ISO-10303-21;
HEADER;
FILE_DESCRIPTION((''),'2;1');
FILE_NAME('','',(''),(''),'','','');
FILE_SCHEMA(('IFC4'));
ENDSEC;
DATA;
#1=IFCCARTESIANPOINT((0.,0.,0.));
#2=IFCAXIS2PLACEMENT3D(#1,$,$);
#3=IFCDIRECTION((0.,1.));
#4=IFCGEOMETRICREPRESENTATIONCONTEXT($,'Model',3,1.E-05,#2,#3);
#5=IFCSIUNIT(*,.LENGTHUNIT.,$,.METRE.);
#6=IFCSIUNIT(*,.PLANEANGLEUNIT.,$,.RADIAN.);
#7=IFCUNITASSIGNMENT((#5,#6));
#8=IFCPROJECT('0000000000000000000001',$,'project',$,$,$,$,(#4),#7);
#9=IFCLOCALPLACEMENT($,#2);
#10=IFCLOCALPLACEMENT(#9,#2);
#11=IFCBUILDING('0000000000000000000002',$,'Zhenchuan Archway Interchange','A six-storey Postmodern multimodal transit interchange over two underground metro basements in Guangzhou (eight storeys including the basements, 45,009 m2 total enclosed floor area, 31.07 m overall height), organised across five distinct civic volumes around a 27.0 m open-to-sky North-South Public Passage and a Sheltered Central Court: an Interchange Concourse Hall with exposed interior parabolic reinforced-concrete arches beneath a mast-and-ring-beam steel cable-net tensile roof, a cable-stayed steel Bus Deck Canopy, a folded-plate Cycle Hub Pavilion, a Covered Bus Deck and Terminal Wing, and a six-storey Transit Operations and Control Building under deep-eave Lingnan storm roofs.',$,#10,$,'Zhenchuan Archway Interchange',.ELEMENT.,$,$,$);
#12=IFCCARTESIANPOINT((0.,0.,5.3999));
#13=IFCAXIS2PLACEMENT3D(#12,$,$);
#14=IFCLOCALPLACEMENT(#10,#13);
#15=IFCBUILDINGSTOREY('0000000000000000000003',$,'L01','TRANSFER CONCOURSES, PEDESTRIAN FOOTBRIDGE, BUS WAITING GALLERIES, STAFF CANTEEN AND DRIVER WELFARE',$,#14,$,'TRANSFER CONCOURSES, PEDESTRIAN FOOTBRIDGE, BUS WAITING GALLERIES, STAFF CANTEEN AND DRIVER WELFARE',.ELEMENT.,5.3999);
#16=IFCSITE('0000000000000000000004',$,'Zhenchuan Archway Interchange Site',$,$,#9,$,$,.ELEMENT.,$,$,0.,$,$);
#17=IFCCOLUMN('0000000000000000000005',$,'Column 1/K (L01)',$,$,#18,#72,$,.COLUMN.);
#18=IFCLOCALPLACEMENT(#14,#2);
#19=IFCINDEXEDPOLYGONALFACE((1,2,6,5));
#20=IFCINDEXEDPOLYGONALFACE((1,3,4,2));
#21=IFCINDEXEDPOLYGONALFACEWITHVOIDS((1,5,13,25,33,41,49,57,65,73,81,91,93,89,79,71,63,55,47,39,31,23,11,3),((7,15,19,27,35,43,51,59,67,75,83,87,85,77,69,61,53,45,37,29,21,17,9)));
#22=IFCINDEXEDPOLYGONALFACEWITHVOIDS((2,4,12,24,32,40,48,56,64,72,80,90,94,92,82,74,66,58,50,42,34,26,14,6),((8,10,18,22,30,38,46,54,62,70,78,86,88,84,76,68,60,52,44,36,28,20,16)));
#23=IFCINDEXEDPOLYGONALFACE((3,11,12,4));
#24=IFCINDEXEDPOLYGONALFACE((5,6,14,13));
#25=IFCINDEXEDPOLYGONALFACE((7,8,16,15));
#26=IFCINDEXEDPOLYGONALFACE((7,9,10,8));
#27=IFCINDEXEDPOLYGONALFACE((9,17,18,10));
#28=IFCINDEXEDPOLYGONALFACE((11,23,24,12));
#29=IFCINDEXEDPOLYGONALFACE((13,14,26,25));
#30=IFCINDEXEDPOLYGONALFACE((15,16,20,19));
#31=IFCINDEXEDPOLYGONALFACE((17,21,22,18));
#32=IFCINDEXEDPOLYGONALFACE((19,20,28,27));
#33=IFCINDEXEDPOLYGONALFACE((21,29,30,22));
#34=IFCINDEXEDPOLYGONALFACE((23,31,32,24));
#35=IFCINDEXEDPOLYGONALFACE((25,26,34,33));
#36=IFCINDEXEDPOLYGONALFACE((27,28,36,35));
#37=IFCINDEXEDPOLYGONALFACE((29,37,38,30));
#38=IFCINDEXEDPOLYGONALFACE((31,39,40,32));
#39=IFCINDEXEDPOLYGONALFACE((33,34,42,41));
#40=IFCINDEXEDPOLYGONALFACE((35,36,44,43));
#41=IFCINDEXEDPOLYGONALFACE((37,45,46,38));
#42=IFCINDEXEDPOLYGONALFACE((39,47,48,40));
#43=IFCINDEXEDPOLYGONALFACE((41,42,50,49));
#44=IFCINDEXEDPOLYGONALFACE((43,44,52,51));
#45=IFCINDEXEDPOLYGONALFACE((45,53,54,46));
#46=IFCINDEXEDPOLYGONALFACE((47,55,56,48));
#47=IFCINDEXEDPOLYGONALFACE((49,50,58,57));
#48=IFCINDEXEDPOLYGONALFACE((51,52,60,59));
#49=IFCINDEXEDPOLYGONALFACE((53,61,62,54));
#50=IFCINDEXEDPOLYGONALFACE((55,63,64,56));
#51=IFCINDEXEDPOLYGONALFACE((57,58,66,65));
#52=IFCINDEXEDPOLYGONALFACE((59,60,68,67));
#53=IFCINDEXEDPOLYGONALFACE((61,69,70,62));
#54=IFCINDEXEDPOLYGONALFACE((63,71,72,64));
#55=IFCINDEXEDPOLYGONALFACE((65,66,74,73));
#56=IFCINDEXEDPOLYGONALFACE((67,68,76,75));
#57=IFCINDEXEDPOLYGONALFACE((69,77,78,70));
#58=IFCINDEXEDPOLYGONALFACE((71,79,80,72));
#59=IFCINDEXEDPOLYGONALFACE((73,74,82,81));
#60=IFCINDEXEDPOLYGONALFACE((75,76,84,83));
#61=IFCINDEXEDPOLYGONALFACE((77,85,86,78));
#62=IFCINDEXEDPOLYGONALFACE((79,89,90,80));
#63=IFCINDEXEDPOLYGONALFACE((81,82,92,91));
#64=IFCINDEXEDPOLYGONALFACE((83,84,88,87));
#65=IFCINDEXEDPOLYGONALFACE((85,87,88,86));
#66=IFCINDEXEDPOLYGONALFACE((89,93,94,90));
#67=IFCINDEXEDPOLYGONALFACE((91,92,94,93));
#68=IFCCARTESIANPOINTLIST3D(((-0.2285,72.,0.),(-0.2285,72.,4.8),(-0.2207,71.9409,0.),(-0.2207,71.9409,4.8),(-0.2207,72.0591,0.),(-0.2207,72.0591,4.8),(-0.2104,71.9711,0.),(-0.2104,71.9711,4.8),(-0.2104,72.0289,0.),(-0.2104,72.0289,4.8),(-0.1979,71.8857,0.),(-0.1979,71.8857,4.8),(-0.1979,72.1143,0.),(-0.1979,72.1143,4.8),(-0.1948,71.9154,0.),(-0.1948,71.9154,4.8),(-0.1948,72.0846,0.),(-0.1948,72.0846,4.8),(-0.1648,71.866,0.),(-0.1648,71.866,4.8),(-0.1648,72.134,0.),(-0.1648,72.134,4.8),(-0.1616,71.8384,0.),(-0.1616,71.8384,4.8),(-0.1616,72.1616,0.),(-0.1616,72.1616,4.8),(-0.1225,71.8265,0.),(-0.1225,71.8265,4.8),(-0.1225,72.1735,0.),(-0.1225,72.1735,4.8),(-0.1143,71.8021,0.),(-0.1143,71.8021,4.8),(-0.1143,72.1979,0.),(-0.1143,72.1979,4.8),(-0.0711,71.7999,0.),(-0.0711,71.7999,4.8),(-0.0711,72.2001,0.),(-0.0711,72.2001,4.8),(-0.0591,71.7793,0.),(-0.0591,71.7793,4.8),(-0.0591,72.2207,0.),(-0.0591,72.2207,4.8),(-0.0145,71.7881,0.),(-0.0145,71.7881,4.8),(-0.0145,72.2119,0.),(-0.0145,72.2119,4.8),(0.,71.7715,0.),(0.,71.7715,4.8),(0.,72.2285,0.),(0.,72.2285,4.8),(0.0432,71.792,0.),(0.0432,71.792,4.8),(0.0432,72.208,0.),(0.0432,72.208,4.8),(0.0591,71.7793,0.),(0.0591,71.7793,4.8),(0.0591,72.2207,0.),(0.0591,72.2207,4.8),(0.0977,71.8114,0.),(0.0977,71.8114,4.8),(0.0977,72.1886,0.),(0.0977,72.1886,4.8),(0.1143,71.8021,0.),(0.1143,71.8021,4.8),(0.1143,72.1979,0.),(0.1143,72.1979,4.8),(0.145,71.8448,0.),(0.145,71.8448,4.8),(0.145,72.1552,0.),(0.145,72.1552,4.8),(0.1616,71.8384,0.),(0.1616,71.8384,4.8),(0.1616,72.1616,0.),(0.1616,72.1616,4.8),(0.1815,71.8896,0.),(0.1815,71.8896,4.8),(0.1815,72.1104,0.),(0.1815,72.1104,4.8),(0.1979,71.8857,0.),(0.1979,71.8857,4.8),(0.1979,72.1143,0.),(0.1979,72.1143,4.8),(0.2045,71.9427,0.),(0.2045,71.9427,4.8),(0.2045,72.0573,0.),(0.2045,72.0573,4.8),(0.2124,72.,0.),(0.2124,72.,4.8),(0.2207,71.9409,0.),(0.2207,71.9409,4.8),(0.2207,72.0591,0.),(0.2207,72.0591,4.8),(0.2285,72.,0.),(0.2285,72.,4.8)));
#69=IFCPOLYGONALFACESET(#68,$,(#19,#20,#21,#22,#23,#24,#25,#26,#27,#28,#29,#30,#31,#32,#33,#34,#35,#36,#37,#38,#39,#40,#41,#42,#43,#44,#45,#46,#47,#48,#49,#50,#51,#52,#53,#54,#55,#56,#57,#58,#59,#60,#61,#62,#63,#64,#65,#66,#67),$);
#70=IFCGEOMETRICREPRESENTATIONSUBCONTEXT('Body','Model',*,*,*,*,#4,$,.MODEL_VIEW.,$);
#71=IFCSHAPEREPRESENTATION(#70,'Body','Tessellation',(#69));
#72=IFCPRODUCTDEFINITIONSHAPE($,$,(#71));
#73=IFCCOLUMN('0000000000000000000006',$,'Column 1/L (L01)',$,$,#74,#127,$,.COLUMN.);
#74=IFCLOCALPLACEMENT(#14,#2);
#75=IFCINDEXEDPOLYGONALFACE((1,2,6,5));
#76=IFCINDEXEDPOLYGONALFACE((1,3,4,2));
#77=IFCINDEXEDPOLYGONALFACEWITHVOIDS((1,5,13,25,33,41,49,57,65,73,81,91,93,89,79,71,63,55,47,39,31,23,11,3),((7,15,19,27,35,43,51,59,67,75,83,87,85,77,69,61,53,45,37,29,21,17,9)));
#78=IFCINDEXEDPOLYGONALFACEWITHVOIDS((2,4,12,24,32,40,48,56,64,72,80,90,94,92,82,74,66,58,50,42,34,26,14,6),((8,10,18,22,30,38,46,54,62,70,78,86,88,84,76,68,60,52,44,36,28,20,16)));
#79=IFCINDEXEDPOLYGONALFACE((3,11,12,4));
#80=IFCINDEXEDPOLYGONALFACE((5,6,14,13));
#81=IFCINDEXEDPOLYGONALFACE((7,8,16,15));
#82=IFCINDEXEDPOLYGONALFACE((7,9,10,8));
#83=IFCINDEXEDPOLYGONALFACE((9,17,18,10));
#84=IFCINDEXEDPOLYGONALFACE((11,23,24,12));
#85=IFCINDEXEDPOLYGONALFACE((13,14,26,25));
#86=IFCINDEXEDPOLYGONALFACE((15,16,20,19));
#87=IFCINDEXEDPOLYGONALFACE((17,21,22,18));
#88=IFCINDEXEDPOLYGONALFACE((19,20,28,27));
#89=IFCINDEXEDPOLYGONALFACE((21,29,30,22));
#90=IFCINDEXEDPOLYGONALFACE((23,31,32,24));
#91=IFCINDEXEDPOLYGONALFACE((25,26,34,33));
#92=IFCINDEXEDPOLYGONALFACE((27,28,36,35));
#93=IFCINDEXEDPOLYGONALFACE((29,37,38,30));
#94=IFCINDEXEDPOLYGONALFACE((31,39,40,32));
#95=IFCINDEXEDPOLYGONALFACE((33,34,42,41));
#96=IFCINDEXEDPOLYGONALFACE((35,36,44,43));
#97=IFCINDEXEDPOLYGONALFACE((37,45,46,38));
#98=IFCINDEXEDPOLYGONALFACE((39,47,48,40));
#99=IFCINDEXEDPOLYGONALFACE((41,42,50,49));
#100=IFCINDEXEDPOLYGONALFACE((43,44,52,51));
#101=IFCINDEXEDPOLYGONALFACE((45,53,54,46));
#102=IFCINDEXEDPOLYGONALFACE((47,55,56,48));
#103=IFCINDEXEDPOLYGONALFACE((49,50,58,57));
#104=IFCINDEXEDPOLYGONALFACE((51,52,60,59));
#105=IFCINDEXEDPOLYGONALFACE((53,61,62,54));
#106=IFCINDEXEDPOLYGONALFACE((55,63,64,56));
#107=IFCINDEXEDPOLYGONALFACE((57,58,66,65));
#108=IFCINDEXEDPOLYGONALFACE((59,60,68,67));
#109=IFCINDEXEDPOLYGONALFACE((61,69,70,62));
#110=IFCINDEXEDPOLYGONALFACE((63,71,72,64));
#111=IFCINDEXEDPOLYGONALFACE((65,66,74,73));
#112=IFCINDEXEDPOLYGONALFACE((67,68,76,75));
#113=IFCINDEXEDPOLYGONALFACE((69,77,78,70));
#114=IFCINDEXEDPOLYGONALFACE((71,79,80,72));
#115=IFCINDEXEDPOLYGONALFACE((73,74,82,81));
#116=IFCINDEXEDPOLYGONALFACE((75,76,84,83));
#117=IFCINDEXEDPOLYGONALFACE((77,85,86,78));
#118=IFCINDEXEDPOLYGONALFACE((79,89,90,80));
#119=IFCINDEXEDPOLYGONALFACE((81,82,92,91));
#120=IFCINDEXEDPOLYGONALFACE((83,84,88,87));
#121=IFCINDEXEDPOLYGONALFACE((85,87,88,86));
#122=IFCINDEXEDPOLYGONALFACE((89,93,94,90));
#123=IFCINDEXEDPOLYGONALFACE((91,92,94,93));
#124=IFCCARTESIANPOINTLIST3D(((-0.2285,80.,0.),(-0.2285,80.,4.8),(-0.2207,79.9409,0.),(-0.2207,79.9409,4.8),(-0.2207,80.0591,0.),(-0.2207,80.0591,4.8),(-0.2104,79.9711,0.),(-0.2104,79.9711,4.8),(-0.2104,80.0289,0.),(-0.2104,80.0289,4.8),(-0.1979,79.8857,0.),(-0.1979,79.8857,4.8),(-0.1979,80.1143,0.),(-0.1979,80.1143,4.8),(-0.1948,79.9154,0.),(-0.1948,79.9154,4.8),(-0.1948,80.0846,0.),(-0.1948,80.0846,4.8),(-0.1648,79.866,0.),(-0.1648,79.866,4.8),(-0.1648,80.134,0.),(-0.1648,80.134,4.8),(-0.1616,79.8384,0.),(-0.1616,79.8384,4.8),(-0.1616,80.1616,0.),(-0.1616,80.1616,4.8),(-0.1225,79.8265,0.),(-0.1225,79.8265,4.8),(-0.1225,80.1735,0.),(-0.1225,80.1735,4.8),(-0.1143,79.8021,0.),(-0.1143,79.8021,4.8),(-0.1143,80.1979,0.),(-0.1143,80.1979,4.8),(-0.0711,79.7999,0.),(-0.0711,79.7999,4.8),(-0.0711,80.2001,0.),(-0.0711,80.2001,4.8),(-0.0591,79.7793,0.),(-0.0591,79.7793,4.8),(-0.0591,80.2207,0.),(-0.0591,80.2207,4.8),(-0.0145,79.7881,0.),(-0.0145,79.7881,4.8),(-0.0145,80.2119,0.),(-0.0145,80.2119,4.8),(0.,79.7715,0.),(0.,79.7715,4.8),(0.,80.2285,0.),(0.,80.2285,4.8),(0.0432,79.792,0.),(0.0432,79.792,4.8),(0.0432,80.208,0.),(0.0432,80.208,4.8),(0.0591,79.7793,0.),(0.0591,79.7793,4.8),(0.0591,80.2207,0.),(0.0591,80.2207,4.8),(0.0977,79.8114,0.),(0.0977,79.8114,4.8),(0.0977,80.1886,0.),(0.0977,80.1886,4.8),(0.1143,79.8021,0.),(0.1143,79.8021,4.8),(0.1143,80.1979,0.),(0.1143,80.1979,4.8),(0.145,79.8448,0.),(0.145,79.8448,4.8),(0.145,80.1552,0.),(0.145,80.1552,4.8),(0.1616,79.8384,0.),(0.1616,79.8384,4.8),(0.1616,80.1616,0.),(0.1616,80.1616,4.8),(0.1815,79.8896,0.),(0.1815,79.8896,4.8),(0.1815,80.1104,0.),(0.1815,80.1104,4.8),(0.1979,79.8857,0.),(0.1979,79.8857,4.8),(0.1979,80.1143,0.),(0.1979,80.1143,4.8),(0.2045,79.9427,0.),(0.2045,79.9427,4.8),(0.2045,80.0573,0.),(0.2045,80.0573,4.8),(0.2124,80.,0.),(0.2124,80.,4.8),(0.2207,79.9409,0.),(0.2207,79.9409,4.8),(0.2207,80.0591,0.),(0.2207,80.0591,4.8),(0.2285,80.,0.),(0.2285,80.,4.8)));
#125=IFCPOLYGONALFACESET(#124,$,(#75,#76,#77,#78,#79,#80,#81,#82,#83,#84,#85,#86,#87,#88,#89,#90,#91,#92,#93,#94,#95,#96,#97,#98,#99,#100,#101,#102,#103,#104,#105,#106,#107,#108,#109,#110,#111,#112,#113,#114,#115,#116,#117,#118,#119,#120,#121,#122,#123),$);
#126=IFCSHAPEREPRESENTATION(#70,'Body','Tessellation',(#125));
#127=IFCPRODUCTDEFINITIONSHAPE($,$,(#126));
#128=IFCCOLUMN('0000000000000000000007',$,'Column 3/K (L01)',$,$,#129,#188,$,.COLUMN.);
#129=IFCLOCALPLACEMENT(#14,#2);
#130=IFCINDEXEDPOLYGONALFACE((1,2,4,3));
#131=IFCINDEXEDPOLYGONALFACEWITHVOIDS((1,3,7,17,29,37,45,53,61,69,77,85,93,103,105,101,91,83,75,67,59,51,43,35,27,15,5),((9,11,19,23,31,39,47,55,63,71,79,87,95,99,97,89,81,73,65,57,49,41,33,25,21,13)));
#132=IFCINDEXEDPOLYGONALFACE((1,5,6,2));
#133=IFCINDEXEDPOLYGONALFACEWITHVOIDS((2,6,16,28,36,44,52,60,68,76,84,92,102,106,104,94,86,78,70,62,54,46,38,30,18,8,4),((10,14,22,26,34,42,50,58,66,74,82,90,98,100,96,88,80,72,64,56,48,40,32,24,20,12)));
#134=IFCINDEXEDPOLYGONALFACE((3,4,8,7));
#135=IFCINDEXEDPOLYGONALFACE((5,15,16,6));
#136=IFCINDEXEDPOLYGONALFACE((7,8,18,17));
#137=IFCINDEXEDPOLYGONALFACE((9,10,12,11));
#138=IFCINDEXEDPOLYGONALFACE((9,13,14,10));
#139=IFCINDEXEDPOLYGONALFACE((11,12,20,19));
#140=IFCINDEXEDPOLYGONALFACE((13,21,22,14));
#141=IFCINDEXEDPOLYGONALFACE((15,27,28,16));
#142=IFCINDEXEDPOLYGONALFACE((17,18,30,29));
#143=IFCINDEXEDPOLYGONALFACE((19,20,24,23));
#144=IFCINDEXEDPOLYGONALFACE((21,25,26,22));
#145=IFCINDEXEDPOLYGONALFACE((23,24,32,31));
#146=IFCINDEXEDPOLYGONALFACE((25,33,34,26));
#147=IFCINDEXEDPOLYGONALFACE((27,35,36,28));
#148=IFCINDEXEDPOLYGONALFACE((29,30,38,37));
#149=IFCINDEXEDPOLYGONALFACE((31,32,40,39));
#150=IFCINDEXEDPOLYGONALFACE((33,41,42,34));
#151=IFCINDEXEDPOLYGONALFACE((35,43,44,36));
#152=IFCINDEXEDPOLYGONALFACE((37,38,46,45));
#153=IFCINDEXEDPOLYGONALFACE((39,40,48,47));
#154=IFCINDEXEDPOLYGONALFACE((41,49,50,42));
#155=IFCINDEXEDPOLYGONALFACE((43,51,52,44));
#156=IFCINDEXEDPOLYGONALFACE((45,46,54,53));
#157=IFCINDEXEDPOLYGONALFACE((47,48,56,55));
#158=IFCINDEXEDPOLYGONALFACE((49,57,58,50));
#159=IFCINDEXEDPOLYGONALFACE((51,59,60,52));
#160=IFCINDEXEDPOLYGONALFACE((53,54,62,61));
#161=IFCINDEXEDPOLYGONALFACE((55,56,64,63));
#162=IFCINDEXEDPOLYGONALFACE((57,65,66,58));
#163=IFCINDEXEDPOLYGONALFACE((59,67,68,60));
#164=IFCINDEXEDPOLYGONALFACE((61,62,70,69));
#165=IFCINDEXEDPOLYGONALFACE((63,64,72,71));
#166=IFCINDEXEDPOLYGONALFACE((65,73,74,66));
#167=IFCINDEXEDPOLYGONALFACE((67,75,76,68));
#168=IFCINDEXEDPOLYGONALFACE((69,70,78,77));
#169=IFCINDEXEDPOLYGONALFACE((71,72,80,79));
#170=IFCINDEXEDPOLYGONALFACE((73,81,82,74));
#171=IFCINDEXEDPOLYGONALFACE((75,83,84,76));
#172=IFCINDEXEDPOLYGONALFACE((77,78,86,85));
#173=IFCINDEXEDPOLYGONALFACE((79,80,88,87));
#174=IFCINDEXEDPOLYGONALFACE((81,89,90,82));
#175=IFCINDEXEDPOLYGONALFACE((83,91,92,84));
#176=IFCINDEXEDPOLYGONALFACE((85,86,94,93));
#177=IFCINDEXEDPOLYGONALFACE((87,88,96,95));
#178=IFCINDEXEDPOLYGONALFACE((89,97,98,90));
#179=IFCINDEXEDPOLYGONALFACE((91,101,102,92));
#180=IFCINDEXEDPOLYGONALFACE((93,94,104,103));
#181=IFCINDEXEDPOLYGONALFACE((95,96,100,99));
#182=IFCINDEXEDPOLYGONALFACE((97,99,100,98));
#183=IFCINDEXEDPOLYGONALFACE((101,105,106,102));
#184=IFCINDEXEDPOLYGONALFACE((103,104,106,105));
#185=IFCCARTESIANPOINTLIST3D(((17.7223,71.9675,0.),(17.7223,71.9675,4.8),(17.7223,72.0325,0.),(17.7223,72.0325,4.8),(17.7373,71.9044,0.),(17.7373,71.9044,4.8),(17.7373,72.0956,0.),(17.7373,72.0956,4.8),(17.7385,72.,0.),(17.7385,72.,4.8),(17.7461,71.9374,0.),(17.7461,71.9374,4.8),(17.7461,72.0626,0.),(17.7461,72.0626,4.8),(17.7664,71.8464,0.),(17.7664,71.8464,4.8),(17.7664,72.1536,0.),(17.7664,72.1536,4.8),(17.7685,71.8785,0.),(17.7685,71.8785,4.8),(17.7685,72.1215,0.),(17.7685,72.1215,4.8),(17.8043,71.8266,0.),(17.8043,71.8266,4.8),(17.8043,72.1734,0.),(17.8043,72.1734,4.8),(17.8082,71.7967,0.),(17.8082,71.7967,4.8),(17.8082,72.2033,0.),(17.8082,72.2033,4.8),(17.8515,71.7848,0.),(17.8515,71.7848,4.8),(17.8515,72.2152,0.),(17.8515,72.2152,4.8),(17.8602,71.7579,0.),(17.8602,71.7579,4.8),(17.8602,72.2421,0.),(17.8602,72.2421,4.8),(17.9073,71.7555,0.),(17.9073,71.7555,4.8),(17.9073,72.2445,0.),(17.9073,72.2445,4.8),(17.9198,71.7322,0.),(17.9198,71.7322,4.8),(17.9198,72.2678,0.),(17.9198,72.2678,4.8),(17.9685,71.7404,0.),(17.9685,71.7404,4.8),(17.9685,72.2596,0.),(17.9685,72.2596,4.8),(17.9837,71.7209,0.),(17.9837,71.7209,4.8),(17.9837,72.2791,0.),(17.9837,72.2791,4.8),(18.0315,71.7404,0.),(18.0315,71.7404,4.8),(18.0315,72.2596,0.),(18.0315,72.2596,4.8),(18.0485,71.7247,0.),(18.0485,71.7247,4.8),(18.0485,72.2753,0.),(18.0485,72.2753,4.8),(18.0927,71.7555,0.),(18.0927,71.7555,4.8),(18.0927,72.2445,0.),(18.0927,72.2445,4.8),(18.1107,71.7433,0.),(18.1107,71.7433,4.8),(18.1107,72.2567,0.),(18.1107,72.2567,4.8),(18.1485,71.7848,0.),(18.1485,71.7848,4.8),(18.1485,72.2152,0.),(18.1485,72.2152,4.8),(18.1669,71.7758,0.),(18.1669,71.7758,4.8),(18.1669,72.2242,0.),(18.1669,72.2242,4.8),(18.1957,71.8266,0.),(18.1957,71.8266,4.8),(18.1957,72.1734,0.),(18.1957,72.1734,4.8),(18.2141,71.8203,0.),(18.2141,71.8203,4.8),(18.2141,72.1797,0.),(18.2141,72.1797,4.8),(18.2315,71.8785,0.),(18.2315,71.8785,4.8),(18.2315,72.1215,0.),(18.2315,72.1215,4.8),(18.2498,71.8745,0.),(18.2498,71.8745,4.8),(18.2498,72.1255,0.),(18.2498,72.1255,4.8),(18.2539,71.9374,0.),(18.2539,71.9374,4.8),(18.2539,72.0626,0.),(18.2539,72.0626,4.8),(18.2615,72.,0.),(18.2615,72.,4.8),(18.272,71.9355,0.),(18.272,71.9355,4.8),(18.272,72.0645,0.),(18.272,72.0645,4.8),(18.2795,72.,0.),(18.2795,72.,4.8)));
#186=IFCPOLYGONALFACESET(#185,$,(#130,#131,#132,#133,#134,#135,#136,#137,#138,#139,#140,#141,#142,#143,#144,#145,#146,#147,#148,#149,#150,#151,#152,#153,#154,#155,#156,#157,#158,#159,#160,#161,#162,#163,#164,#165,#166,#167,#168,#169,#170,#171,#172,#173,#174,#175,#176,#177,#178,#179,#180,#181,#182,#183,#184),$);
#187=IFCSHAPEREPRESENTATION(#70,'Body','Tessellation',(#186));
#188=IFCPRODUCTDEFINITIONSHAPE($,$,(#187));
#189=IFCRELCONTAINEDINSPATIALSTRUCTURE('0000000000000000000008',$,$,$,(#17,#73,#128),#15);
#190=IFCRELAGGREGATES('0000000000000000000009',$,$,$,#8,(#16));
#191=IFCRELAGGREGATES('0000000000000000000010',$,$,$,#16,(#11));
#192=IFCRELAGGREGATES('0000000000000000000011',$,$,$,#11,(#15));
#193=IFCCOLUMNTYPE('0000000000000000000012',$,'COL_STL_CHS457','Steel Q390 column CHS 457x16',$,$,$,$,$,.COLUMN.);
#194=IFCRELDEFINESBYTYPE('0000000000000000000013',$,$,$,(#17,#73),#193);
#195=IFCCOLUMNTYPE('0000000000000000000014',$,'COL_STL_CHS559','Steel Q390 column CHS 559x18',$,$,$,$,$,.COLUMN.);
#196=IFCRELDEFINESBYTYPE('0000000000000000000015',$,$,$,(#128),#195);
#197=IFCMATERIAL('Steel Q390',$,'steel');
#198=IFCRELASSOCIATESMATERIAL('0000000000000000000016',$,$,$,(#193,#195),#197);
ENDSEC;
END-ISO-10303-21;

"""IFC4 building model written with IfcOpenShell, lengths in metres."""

from ifc_helpers import new_model, si_unit, direction, frame, origin, origin_2d, place, context, subcontext, project, spatial, hollow_circle, extrude, material, material_profile, profile_set, type_object, element, save


model = new_model("IFC4")

# Units and contexts
model_context = context("Model", 3, precision=1e-05, world=origin(), true_north=direction((0.0, 1.0)))
body_context = subcontext(model_context, "Body", "Model", "MODEL_VIEW")
ifc_project = project(units=[si_unit("LENGTHUNIT", "METRE"), si_unit("PLANEANGLEUNIT", "RADIAN")], contexts=[model_context])

# Site, building, storey
site_placement = place(None, origin())
site = spatial("IfcSite", under=ifc_project, at=site_placement, Name="Zhenchuan Archway Interchange Site", CompositionType="ELEMENT", RefElevation=0.0)
building_placement = place(site_placement, origin())
building = spatial("IfcBuilding", under=site, at=building_placement, Name="Zhenchuan Archway Interchange", Description="A six-storey Postmodern multimodal transit interchange over two underground metro basements in Guangzhou (eight storeys including the basements, 45,009 m2 total enclosed floor area, 31.07 m overall height), organised across five distinct civic volumes around a 27.0 m open-to-sky North-South Public Passage and a Sheltered Central Court: an Interchange Concourse Hall with exposed interior parabolic reinforced-concrete arches beneath a mast-and-ring-beam steel cable-net tensile roof, a cable-stayed steel Bus Deck Canopy, a folded-plate Cycle Hub Pavilion, a Covered Bus Deck and Terminal Wing, and a six-storey Transit Operations and Control Building under deep-eave Lingnan storm roofs.", LongName="Zhenchuan Archway Interchange", CompositionType="ELEMENT")
storey_placement = place(building_placement, frame((0.0, 0.0, 5.3999)))
storey = spatial("IfcBuildingStorey", under=building, at=storey_placement, Name="L01", Description="TRANSFER CONCOURSES, PEDESTRIAN FOOTBRIDGE, BUS WAITING GALLERIES, STAFF CANTEEN AND DRIVER WELFARE", LongName="TRANSFER CONCOURSES, PEDESTRIAN FOOTBRIDGE, BUS WAITING GALLERIES, STAFF CANTEEN AND DRIVER WELFARE", CompositionType="ELEMENT", Elevation=5.3999)

# Columns
ifc_material_1 = material(Name="Steel Q390", Category="steel")
ifc_material_profile_1 = material_profile(ifc_material_1, hollow_circle(Radius=0.2285, WallThickness=0.0161, at=origin_2d()), Name="CHS 457x16")
ifc_profile_set_1 = profile_set([ifc_material_profile_1], Name="Steel Q390")
column_type_1 = type_object("IfcColumnType", Name="COL_STL_CHS457", Description="Steel Q390 column CHS 457x16", PredefinedType="COLUMN", material=ifc_profile_set_1)
for number, where, z_axis, x_axis, name in (
    (1, (0.0, 72.0, 0.0), (0.0, 0.0, 1.0), (1.0, 0.0, 0.0), "Column 1/K (L01)"),
    (2, (0.0, 80.0, 0.0), (0.0, 0.0, 1.0), (1.0, 0.0, 0.0), "Column 1/L (L01)"),
):
    element("IfcColumn", number, at=place(storey_placement, frame(where, z_axis=z_axis, x_axis=x_axis)), inside=storey, type_object=column_type_1, Name=name, PredefinedType="COLUMN", context=body_context, shape_type="SweptSolid", body=[
        extrude(hollow_circle(Radius=0.2285, WallThickness=0.0161, at=origin_2d()), origin(), (0.0, 0.0, 1.0), 4.8),
    ])
ifc_material_profile_2 = material_profile(ifc_material_1, hollow_circle(Radius=0.2795, WallThickness=0.0181, at=origin_2d()), Name="CHS 559x18")
ifc_profile_set_2 = profile_set([ifc_material_profile_2], Name="Steel Q390")
column_type_2 = type_object("IfcColumnType", Name="COL_STL_CHS559", Description="Steel Q390 column CHS 559x18", PredefinedType="COLUMN", material=ifc_profile_set_2)
column_placement = place(storey_placement, frame((18.0, 72.0, 0.0), z_axis=(0.0, 0.0, 1.0), x_axis=(1.0, 0.0, 0.0)))
element("IfcColumn", 3, at=column_placement, inside=storey, type_object=column_type_2, Name="Column 3/K (L01)", PredefinedType="COLUMN", context=body_context, shape_type="SweptSolid", body=[
    extrude(hollow_circle(Radius=0.2795, WallThickness=0.0181, at=origin_2d()), origin(), (0.0, 0.0, 1.0), 4.8),
])

save(model, "model.ifc")
